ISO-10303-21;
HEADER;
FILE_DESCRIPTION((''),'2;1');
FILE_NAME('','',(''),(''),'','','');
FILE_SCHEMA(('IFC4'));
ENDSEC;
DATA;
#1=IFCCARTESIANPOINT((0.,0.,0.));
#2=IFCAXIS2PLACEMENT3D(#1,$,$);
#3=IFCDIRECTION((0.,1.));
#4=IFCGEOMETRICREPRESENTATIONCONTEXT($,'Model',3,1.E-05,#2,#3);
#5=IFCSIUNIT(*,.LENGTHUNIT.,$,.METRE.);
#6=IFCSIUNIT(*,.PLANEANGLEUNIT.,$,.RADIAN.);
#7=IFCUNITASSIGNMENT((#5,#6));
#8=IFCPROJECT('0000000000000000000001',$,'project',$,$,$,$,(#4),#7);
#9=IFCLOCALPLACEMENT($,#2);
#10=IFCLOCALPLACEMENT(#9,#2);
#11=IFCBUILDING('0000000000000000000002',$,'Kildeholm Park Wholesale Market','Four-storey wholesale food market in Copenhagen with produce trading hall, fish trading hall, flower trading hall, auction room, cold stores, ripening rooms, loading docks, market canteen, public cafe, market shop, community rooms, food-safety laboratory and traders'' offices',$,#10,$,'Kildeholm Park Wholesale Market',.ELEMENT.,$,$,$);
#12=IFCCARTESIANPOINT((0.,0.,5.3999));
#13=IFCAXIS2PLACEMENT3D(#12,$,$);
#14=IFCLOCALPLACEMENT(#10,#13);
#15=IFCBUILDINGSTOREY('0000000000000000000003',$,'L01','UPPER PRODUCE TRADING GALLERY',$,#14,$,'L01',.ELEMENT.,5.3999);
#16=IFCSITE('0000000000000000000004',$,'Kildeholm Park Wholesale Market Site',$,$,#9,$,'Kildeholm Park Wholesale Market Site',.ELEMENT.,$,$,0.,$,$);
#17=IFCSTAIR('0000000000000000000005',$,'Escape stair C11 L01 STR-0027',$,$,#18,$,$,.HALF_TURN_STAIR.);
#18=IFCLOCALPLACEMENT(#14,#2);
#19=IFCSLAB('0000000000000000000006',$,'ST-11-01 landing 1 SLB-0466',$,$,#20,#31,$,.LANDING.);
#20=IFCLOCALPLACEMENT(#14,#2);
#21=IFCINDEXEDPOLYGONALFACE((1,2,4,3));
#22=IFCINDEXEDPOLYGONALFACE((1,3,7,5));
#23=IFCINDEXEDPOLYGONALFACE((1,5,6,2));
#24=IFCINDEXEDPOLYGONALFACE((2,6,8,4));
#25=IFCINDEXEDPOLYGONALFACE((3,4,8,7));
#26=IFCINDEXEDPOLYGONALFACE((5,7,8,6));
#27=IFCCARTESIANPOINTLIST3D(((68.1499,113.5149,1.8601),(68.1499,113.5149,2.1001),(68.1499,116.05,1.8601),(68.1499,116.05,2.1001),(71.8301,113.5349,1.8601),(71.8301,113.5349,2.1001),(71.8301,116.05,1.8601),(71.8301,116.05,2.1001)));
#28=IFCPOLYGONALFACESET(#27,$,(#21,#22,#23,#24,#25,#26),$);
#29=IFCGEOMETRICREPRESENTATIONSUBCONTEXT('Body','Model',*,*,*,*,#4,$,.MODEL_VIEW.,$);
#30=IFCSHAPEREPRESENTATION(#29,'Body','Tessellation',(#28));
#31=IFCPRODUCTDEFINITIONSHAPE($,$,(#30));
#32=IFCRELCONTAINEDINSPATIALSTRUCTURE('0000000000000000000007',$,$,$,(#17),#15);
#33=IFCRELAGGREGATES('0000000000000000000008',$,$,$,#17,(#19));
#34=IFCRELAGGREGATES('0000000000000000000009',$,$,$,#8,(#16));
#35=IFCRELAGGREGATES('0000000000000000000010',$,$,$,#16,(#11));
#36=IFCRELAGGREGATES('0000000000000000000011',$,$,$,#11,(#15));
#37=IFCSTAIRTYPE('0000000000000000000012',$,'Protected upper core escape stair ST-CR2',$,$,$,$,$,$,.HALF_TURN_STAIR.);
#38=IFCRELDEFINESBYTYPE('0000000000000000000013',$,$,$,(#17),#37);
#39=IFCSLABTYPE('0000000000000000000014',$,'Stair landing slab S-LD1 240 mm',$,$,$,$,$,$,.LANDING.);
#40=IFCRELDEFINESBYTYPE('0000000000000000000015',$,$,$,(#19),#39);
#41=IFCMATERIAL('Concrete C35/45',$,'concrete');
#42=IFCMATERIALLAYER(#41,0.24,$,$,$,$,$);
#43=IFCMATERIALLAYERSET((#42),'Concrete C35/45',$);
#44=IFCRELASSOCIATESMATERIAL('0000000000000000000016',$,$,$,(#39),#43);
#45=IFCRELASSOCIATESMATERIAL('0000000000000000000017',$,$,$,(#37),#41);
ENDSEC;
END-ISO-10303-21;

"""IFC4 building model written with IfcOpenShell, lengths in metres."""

from ifc_helpers import new_model, si_unit, direction, frame, origin, place, context, subcontext, project, spatial, polyline, outline, extrude, material, layer, layer_set, type_object, element, aggregate, save


model = new_model("IFC4")

# Units and contexts
model_context = context("Model", 3, precision=1e-05, world=origin(), true_north=direction((0.0, 1.0)))
body_context = subcontext(model_context, "Body", "Model", "MODEL_VIEW")
ifc_project = project(units=[si_unit("LENGTHUNIT", "METRE"), si_unit("PLANEANGLEUNIT", "RADIAN")], contexts=[model_context])

# Site, building, storey
site_placement = place(None, origin())
site = spatial("IfcSite", under=ifc_project, at=site_placement, Name="Kildeholm Park Wholesale Market Site", LongName="Kildeholm Park Wholesale Market Site", CompositionType="ELEMENT", RefElevation=0.0)
building_placement = place(site_placement, origin())
building = spatial("IfcBuilding", under=site, at=building_placement, Name="Kildeholm Park Wholesale Market", Description="Four-storey wholesale food market in Copenhagen with produce trading hall, fish trading hall, flower trading hall, auction room, cold stores, ripening rooms, loading docks, market canteen, public cafe, market shop, community rooms, food-safety laboratory and traders' offices", LongName="Kildeholm Park Wholesale Market", CompositionType="ELEMENT")
storey_placement = place(building_placement, frame((0.0, 0.0, 5.3999)))
storey = spatial("IfcBuildingStorey", under=building, at=storey_placement, Name="L01", Description="UPPER PRODUCE TRADING GALLERY", LongName="L01", CompositionType="ELEMENT", Elevation=5.3999)

# Shared definitions
ifc_material_1 = material(Name="Concrete C35/45", Category="concrete")
ifc_layer_1 = layer(ifc_material_1, 0.24)
ifc_layer_set_1 = layer_set([ifc_layer_1], Name="Concrete C35/45")
slab_type_1 = type_object("IfcSlabType", Name="Stair landing slab S-LD1 240 mm", PredefinedType="LANDING", material=ifc_layer_set_1)

# Shared definitions
stair_type = type_object("IfcStairType", Name="Protected upper core escape stair ST-CR2", PredefinedType="HALF_TURN_STAIR", material=ifc_material_1)

# Stair, slab
stair_1_placement = place(storey_placement, origin())
stair_1 = element("IfcStair", 1, at=stair_1_placement, inside=storey, type_object=stair_type, Name="Escape stair C11 L01 STR-0027", PredefinedType="HALF_TURN_STAIR")
slab_1_placement = place(storey_placement, frame((0.0, 0.0, 1.8601)))
slab_1 = element("IfcSlab", 2, at=slab_1_placement, type_object=slab_type_1, Name="ST-11-01 landing 1 SLB-0466", PredefinedType="LANDING", context=body_context, shape_type="SweptSolid", body=[
    extrude(outline(polyline([(68.1499, 113.5149), (71.8301, 113.5349), (71.8301, 116.05), (68.1499, 116.05), (68.1499, 113.5149)])), origin(), (0.0, 0.0, 1.0), 0.24),
])
aggregate(stair_1, [slab_1])

save(model, "model.ifc")
